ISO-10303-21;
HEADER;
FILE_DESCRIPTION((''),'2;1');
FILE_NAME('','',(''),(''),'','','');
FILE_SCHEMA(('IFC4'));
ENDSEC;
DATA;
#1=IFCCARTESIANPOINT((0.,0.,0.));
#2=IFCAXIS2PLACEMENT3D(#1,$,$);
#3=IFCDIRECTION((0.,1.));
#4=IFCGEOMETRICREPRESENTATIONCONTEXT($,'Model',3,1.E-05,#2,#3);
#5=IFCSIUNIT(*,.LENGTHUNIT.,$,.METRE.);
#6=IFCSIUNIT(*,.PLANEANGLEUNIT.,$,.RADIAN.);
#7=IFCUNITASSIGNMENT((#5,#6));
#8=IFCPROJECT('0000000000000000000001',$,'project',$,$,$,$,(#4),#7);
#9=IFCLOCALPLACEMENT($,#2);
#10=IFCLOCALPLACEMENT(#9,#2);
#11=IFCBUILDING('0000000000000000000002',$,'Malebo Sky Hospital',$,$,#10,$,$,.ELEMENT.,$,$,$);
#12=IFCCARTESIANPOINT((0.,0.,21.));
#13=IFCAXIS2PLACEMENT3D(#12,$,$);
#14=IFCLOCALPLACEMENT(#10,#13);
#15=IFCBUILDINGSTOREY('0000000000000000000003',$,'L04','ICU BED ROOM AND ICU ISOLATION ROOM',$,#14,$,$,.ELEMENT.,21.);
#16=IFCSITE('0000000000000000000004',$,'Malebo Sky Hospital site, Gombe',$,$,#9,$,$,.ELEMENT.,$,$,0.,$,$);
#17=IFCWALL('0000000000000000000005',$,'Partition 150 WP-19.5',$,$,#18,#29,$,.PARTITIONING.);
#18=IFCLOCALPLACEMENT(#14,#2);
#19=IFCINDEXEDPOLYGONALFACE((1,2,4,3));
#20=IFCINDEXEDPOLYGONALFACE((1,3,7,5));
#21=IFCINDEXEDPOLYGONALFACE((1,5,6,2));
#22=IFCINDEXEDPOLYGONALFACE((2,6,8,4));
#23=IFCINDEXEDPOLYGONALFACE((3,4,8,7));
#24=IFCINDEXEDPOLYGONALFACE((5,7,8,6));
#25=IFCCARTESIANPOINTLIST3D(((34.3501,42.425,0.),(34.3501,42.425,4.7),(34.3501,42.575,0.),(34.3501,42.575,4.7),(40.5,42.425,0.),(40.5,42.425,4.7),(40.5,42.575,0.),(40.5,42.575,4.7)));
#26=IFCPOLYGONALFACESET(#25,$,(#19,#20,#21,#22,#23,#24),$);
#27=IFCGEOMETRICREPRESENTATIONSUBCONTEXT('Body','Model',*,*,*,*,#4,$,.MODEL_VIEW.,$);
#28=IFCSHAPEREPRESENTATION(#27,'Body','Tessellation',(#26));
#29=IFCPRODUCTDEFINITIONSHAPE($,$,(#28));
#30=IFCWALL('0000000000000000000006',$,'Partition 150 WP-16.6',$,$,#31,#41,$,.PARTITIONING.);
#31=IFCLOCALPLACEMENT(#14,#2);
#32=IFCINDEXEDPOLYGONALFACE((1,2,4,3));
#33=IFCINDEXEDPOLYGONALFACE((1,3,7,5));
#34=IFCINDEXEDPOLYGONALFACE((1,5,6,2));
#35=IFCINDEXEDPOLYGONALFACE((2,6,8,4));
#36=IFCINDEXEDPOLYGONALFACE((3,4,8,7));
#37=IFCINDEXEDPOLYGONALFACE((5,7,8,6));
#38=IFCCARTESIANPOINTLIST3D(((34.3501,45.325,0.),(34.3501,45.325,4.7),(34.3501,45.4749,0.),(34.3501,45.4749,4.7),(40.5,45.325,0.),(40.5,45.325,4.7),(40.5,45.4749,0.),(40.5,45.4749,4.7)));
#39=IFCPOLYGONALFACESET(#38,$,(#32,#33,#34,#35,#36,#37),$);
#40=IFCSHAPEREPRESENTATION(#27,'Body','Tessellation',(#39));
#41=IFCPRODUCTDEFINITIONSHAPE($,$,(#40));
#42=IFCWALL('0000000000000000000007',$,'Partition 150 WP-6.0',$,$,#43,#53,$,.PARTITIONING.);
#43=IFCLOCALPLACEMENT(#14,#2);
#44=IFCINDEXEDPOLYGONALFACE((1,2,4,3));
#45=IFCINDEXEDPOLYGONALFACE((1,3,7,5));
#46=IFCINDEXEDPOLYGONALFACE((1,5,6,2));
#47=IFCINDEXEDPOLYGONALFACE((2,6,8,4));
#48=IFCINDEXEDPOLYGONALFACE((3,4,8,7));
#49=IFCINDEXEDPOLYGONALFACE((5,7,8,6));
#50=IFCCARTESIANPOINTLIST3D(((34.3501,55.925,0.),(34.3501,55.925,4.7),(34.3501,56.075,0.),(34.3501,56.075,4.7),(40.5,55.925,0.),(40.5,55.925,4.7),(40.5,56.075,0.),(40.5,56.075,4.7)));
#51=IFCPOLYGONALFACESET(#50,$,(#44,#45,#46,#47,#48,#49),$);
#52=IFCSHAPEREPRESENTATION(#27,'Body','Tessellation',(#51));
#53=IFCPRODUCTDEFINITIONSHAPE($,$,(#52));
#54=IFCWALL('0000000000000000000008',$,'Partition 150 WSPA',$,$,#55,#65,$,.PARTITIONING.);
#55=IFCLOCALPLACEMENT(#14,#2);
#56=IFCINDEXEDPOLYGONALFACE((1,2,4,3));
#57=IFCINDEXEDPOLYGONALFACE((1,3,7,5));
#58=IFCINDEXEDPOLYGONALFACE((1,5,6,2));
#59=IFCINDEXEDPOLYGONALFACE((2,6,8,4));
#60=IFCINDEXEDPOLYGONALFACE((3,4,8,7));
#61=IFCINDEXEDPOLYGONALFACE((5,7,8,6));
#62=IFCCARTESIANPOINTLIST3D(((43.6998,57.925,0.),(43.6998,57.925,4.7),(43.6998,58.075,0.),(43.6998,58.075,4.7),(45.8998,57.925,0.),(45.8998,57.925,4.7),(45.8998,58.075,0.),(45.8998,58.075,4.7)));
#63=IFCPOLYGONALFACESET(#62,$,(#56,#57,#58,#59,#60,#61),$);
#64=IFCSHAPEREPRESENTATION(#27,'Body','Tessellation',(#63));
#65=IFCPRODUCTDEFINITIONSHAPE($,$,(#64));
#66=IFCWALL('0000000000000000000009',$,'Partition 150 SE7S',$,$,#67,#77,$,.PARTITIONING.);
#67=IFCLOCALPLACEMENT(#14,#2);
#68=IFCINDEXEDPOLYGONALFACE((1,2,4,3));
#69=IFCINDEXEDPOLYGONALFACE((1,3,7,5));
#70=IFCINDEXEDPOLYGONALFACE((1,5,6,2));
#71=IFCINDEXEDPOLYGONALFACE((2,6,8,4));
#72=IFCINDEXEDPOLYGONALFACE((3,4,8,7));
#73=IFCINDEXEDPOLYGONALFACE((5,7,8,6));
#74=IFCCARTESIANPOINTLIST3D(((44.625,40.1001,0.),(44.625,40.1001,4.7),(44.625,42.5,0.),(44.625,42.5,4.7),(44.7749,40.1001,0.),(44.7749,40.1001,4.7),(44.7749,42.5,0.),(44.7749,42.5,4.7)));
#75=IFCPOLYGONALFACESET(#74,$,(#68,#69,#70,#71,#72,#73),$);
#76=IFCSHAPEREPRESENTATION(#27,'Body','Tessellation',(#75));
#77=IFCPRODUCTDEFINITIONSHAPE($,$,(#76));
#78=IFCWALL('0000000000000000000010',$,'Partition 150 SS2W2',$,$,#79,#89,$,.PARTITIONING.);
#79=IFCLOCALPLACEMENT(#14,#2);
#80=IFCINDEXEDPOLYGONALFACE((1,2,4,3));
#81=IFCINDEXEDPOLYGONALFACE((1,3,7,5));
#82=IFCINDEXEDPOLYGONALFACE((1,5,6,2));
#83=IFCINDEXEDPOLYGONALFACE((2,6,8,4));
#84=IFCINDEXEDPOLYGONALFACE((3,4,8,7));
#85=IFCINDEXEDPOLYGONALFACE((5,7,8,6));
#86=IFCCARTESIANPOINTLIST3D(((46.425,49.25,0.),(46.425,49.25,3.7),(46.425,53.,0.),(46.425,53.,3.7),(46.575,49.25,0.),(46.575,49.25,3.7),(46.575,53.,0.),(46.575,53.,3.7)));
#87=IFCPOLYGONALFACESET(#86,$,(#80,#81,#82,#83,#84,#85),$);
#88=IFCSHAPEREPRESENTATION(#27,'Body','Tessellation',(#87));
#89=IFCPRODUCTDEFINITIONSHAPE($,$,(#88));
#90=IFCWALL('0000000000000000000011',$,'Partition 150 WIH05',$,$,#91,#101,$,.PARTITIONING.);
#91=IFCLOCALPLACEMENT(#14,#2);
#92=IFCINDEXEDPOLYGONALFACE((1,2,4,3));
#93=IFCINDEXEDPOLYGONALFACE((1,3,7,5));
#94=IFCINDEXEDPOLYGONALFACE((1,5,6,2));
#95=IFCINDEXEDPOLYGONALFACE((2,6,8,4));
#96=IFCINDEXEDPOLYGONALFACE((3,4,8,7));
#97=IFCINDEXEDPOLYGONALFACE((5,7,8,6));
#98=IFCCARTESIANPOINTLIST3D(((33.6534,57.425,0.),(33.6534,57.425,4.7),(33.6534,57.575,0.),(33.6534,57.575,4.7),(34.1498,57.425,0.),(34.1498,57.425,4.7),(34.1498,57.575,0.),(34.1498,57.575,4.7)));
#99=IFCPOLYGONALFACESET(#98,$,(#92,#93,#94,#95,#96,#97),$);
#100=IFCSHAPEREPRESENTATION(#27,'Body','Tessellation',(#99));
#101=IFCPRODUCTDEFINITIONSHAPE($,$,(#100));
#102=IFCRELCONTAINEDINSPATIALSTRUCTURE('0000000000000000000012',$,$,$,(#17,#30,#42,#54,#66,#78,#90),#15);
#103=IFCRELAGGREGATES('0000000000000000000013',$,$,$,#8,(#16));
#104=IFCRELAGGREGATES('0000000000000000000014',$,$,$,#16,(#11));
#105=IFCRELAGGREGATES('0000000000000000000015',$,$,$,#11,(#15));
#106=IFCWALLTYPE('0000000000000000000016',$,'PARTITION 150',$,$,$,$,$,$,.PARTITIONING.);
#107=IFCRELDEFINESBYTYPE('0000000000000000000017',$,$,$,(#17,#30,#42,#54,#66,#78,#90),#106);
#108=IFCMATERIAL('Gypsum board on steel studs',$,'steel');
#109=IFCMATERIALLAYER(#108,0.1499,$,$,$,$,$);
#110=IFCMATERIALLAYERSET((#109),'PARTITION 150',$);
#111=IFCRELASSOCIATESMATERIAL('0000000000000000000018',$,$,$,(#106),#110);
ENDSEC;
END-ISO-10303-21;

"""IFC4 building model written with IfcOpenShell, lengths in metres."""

from ifc_helpers import new_model, si_unit, direction, frame, frame_2d, origin, place, context, subcontext, project, spatial, rectangle, extrude, material, layer, layer_set, type_object, element, save


model = new_model("IFC4")

# Units and contexts
model_context = context("Model", 3, precision=1e-05, world=origin(), true_north=direction((0.0, 1.0)))
body_context = subcontext(model_context, "Body", "Model", "MODEL_VIEW")
ifc_project = project(units=[si_unit("LENGTHUNIT", "METRE"), si_unit("PLANEANGLEUNIT", "RADIAN")], contexts=[model_context])

# Site, building, storey
site_placement = place(None, origin())
site = spatial("IfcSite", under=ifc_project, at=site_placement, Name="Malebo Sky Hospital site, Gombe", CompositionType="ELEMENT", RefElevation=0.0)
building_placement = place(site_placement, origin())
building = spatial("IfcBuilding", under=site, at=building_placement, Name="Malebo Sky Hospital", CompositionType="ELEMENT")
storey_placement = place(building_placement, frame((0.0, 0.0, 21.0)))
storey = spatial("IfcBuildingStorey", under=building, at=storey_placement, Name="L04", Description="ICU BED ROOM AND ICU ISOLATION ROOM", CompositionType="ELEMENT", Elevation=21.0)

# Shared definitions
ifc_material_1 = material(Name="Gypsum board on steel studs", Category="steel")

# Walls
ifc_layer_1 = layer(ifc_material_1, 0.1499)
ifc_layer_set_1 = layer_set([ifc_layer_1], Name="PARTITION 150")
wall_type_1 = type_object("IfcWallType", Name="PARTITION 150", PredefinedType="PARTITIONING", material=ifc_layer_set_1)
for number, where, z_axis, x_axis, name in (
    (1, (40.5, 42.5, 0.0), (0.0, 0.0, 1.0), (-1.0, 0.0, 0.0), "Partition 150 WP-19.5"),
    (2, (40.5, 45.3999, 0.0), (0.0, 0.0, 1.0), (-1.0, 0.0, 0.0), "Partition 150 WP-16.6"),
    (3, (40.5, 56.0, 0.0), (0.0, 0.0, 1.0), (-1.0, 0.0, 0.0), "Partition 150 WP-6.0"),
):
    element("IfcWall", number, at=place(storey_placement, frame(where, z_axis=z_axis, x_axis=x_axis)), inside=storey, type_object=wall_type_1, Name=name, PredefinedType="PARTITIONING", context=body_context, shape_type="SweptSolid", body=[
        extrude(rectangle(XDim=6.1499, YDim=0.1499, at=frame_2d((3.075, 0.0))), origin(), (0.0, 0.0, 1.0), 4.7),
    ])
wall_1_placement = place(storey_placement, frame((45.8999, 58.0, 0.0), z_axis=(0.0, 0.0, 1.0), x_axis=(-1.0, 0.0, 0.0)))
element("IfcWall", 4, at=wall_1_placement, inside=storey, type_object=wall_type_1, Name="Partition 150 WSPA", PredefinedType="PARTITIONING", context=body_context, shape_type="SweptSolid", body=[
    extrude(rectangle(XDim=2.2, YDim=0.1499, at=frame_2d((1.1001, 0.0))), origin(), (0.0, 0.0, 1.0), 4.7),
])
wall_2_placement = place(storey_placement, frame((44.7, 42.5, 0.0), z_axis=(0.0, 0.0, 1.0), x_axis=(0.0, -1.0, 0.0)))
element("IfcWall", 5, at=wall_2_placement, inside=storey, type_object=wall_type_1, Name="Partition 150 SE7S", PredefinedType="PARTITIONING", context=body_context, shape_type="SweptSolid", body=[
    extrude(rectangle(XDim=2.3999, YDim=0.1499, at=frame_2d((1.2, 0.0))), origin(), (0.0, 0.0, 1.0), 4.7),
])
wall_3_placement = place(storey_placement, frame((46.5, 53.0, 0.0), z_axis=(0.0, 0.0, 1.0), x_axis=(0.0, -1.0, 0.0)))
element("IfcWall", 6, at=wall_3_placement, inside=storey, type_object=wall_type_1, Name="Partition 150 SS2W2", PredefinedType="PARTITIONING", context=body_context, shape_type="SweptSolid", body=[
    extrude(rectangle(XDim=3.75, YDim=0.1499, at=frame_2d((1.875, 0.0))), origin(), (0.0, 0.0, 1.0), 3.7),
])
wall_4_placement = place(storey_placement, frame((33.6536, 57.5, 0.0), z_axis=(0.0, 0.0, 1.0), x_axis=(1.0, 0.0, 0.0)))
element("IfcWall", 7, at=wall_4_placement, inside=storey, type_object=wall_type_1, Name="Partition 150 WIH05", PredefinedType="PARTITIONING", context=body_context, shape_type="SweptSolid", body=[
    extrude(rectangle(XDim=0.4963, YDim=0.1499, at=frame_2d((0.248, 0.0))), origin(), (0.0, 0.0, 1.0), 4.7),
])

save(model, "model.ifc")
